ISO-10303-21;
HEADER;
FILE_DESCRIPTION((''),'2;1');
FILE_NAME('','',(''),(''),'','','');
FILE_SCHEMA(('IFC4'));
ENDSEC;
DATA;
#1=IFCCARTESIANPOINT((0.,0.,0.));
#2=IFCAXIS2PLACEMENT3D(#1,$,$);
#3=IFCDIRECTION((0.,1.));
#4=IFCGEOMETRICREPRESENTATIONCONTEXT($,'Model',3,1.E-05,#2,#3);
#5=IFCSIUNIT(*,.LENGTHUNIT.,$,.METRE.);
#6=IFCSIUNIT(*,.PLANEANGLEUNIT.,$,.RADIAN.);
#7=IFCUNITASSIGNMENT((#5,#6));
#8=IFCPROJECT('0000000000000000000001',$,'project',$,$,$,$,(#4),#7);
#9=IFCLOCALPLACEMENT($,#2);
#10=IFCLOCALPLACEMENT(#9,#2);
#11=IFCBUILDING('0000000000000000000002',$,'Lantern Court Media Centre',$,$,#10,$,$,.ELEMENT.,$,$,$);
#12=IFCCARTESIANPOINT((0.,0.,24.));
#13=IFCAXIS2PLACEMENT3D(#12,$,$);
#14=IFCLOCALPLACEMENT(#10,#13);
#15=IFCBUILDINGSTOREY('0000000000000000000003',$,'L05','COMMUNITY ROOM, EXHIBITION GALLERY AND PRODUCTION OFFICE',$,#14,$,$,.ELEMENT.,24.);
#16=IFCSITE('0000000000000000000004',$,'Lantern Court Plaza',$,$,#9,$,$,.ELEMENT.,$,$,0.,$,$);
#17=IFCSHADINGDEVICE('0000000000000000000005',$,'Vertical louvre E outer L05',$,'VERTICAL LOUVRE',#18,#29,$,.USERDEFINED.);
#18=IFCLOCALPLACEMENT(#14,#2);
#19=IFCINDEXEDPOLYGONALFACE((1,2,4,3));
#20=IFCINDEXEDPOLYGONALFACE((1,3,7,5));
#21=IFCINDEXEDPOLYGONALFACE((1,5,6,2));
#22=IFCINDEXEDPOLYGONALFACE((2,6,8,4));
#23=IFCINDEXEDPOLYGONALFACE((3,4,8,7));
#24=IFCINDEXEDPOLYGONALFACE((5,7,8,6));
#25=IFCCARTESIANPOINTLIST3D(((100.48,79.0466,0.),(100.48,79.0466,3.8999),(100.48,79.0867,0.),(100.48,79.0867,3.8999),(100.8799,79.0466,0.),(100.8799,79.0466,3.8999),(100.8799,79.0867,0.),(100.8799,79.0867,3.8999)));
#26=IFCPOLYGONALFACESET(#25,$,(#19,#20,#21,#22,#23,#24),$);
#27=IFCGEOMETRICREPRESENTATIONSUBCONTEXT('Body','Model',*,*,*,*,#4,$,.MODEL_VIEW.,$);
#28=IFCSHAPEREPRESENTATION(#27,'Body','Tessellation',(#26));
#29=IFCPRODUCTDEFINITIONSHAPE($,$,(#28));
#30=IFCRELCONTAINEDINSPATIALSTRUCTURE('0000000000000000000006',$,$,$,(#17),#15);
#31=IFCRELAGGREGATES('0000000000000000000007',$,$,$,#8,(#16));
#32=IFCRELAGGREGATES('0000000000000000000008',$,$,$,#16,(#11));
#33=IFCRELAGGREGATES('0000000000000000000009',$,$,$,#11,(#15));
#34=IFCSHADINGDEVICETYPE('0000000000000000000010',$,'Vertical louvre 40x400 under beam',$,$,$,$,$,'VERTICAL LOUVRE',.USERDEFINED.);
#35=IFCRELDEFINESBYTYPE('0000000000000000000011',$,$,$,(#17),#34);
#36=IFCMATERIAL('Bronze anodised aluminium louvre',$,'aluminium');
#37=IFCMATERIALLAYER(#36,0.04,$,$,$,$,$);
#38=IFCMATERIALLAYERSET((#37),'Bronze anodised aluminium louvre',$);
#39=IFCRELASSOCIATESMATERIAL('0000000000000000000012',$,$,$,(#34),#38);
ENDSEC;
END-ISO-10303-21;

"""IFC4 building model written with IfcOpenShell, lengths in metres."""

from ifc_helpers import new_model, si_unit, direction, frame, origin, origin_2d, place, context, subcontext, project, spatial, rectangle, extrude, material, layer, layer_set, type_object, element, save


model = new_model("IFC4")

# Units and contexts
model_context = context("Model", 3, precision=1e-05, world=origin(), true_north=direction((0.0, 1.0)))
body_context = subcontext(model_context, "Body", "Model", "MODEL_VIEW")
ifc_project = project(units=[si_unit("LENGTHUNIT", "METRE"), si_unit("PLANEANGLEUNIT", "RADIAN")], contexts=[model_context])

# Site, building, storey
site_placement = place(None, origin())
site = spatial("IfcSite", under=ifc_project, at=site_placement, Name="Lantern Court Plaza", CompositionType="ELEMENT", RefElevation=0.0)
building_placement = place(site_placement, origin())
building = spatial("IfcBuilding", under=site, at=building_placement, Name="Lantern Court Media Centre", CompositionType="ELEMENT")
storey_placement = place(building_placement, frame((0.0, 0.0, 24.0)))
storey = spatial("IfcBuildingStorey", under=building, at=storey_placement, Name="L05", Description="COMMUNITY ROOM, EXHIBITION GALLERY AND PRODUCTION OFFICE", CompositionType="ELEMENT", Elevation=24.0)

# Shading device
ifc_material_1 = material(Name="Bronze anodised aluminium louvre", Category="aluminium")
ifc_layer_1 = layer(ifc_material_1, 0.04)
ifc_layer_set_1 = layer_set([ifc_layer_1], Name="Bronze anodised aluminium louvre")
shading_device_type = type_object("IfcShadingDeviceType", Name="Vertical louvre 40x400 under beam", ElementType="VERTICAL LOUVRE", PredefinedType="USERDEFINED", material=ifc_layer_set_1)
for number, where, z_axis, x_axis, name in (
    (1, (100.6799, 79.0667, 0.0), (0.0, 0.0, 1.0), (1.0, 0.0, 0.0), "Vertical louvre E outer L05"),
):
    element("IfcShadingDevice", number, at=place(storey_placement, frame(where, z_axis=z_axis, x_axis=x_axis)), inside=storey, type_object=shading_device_type, Name=name, ObjectType="VERTICAL LOUVRE", PredefinedType="USERDEFINED", context=body_context, shape_type="SweptSolid", body=[
        extrude(rectangle(XDim=0.3999, YDim=0.04, at=origin_2d()), origin(), (0.0, 0.0, 1.0), 3.8999),
    ])

save(model, "model.ifc")
